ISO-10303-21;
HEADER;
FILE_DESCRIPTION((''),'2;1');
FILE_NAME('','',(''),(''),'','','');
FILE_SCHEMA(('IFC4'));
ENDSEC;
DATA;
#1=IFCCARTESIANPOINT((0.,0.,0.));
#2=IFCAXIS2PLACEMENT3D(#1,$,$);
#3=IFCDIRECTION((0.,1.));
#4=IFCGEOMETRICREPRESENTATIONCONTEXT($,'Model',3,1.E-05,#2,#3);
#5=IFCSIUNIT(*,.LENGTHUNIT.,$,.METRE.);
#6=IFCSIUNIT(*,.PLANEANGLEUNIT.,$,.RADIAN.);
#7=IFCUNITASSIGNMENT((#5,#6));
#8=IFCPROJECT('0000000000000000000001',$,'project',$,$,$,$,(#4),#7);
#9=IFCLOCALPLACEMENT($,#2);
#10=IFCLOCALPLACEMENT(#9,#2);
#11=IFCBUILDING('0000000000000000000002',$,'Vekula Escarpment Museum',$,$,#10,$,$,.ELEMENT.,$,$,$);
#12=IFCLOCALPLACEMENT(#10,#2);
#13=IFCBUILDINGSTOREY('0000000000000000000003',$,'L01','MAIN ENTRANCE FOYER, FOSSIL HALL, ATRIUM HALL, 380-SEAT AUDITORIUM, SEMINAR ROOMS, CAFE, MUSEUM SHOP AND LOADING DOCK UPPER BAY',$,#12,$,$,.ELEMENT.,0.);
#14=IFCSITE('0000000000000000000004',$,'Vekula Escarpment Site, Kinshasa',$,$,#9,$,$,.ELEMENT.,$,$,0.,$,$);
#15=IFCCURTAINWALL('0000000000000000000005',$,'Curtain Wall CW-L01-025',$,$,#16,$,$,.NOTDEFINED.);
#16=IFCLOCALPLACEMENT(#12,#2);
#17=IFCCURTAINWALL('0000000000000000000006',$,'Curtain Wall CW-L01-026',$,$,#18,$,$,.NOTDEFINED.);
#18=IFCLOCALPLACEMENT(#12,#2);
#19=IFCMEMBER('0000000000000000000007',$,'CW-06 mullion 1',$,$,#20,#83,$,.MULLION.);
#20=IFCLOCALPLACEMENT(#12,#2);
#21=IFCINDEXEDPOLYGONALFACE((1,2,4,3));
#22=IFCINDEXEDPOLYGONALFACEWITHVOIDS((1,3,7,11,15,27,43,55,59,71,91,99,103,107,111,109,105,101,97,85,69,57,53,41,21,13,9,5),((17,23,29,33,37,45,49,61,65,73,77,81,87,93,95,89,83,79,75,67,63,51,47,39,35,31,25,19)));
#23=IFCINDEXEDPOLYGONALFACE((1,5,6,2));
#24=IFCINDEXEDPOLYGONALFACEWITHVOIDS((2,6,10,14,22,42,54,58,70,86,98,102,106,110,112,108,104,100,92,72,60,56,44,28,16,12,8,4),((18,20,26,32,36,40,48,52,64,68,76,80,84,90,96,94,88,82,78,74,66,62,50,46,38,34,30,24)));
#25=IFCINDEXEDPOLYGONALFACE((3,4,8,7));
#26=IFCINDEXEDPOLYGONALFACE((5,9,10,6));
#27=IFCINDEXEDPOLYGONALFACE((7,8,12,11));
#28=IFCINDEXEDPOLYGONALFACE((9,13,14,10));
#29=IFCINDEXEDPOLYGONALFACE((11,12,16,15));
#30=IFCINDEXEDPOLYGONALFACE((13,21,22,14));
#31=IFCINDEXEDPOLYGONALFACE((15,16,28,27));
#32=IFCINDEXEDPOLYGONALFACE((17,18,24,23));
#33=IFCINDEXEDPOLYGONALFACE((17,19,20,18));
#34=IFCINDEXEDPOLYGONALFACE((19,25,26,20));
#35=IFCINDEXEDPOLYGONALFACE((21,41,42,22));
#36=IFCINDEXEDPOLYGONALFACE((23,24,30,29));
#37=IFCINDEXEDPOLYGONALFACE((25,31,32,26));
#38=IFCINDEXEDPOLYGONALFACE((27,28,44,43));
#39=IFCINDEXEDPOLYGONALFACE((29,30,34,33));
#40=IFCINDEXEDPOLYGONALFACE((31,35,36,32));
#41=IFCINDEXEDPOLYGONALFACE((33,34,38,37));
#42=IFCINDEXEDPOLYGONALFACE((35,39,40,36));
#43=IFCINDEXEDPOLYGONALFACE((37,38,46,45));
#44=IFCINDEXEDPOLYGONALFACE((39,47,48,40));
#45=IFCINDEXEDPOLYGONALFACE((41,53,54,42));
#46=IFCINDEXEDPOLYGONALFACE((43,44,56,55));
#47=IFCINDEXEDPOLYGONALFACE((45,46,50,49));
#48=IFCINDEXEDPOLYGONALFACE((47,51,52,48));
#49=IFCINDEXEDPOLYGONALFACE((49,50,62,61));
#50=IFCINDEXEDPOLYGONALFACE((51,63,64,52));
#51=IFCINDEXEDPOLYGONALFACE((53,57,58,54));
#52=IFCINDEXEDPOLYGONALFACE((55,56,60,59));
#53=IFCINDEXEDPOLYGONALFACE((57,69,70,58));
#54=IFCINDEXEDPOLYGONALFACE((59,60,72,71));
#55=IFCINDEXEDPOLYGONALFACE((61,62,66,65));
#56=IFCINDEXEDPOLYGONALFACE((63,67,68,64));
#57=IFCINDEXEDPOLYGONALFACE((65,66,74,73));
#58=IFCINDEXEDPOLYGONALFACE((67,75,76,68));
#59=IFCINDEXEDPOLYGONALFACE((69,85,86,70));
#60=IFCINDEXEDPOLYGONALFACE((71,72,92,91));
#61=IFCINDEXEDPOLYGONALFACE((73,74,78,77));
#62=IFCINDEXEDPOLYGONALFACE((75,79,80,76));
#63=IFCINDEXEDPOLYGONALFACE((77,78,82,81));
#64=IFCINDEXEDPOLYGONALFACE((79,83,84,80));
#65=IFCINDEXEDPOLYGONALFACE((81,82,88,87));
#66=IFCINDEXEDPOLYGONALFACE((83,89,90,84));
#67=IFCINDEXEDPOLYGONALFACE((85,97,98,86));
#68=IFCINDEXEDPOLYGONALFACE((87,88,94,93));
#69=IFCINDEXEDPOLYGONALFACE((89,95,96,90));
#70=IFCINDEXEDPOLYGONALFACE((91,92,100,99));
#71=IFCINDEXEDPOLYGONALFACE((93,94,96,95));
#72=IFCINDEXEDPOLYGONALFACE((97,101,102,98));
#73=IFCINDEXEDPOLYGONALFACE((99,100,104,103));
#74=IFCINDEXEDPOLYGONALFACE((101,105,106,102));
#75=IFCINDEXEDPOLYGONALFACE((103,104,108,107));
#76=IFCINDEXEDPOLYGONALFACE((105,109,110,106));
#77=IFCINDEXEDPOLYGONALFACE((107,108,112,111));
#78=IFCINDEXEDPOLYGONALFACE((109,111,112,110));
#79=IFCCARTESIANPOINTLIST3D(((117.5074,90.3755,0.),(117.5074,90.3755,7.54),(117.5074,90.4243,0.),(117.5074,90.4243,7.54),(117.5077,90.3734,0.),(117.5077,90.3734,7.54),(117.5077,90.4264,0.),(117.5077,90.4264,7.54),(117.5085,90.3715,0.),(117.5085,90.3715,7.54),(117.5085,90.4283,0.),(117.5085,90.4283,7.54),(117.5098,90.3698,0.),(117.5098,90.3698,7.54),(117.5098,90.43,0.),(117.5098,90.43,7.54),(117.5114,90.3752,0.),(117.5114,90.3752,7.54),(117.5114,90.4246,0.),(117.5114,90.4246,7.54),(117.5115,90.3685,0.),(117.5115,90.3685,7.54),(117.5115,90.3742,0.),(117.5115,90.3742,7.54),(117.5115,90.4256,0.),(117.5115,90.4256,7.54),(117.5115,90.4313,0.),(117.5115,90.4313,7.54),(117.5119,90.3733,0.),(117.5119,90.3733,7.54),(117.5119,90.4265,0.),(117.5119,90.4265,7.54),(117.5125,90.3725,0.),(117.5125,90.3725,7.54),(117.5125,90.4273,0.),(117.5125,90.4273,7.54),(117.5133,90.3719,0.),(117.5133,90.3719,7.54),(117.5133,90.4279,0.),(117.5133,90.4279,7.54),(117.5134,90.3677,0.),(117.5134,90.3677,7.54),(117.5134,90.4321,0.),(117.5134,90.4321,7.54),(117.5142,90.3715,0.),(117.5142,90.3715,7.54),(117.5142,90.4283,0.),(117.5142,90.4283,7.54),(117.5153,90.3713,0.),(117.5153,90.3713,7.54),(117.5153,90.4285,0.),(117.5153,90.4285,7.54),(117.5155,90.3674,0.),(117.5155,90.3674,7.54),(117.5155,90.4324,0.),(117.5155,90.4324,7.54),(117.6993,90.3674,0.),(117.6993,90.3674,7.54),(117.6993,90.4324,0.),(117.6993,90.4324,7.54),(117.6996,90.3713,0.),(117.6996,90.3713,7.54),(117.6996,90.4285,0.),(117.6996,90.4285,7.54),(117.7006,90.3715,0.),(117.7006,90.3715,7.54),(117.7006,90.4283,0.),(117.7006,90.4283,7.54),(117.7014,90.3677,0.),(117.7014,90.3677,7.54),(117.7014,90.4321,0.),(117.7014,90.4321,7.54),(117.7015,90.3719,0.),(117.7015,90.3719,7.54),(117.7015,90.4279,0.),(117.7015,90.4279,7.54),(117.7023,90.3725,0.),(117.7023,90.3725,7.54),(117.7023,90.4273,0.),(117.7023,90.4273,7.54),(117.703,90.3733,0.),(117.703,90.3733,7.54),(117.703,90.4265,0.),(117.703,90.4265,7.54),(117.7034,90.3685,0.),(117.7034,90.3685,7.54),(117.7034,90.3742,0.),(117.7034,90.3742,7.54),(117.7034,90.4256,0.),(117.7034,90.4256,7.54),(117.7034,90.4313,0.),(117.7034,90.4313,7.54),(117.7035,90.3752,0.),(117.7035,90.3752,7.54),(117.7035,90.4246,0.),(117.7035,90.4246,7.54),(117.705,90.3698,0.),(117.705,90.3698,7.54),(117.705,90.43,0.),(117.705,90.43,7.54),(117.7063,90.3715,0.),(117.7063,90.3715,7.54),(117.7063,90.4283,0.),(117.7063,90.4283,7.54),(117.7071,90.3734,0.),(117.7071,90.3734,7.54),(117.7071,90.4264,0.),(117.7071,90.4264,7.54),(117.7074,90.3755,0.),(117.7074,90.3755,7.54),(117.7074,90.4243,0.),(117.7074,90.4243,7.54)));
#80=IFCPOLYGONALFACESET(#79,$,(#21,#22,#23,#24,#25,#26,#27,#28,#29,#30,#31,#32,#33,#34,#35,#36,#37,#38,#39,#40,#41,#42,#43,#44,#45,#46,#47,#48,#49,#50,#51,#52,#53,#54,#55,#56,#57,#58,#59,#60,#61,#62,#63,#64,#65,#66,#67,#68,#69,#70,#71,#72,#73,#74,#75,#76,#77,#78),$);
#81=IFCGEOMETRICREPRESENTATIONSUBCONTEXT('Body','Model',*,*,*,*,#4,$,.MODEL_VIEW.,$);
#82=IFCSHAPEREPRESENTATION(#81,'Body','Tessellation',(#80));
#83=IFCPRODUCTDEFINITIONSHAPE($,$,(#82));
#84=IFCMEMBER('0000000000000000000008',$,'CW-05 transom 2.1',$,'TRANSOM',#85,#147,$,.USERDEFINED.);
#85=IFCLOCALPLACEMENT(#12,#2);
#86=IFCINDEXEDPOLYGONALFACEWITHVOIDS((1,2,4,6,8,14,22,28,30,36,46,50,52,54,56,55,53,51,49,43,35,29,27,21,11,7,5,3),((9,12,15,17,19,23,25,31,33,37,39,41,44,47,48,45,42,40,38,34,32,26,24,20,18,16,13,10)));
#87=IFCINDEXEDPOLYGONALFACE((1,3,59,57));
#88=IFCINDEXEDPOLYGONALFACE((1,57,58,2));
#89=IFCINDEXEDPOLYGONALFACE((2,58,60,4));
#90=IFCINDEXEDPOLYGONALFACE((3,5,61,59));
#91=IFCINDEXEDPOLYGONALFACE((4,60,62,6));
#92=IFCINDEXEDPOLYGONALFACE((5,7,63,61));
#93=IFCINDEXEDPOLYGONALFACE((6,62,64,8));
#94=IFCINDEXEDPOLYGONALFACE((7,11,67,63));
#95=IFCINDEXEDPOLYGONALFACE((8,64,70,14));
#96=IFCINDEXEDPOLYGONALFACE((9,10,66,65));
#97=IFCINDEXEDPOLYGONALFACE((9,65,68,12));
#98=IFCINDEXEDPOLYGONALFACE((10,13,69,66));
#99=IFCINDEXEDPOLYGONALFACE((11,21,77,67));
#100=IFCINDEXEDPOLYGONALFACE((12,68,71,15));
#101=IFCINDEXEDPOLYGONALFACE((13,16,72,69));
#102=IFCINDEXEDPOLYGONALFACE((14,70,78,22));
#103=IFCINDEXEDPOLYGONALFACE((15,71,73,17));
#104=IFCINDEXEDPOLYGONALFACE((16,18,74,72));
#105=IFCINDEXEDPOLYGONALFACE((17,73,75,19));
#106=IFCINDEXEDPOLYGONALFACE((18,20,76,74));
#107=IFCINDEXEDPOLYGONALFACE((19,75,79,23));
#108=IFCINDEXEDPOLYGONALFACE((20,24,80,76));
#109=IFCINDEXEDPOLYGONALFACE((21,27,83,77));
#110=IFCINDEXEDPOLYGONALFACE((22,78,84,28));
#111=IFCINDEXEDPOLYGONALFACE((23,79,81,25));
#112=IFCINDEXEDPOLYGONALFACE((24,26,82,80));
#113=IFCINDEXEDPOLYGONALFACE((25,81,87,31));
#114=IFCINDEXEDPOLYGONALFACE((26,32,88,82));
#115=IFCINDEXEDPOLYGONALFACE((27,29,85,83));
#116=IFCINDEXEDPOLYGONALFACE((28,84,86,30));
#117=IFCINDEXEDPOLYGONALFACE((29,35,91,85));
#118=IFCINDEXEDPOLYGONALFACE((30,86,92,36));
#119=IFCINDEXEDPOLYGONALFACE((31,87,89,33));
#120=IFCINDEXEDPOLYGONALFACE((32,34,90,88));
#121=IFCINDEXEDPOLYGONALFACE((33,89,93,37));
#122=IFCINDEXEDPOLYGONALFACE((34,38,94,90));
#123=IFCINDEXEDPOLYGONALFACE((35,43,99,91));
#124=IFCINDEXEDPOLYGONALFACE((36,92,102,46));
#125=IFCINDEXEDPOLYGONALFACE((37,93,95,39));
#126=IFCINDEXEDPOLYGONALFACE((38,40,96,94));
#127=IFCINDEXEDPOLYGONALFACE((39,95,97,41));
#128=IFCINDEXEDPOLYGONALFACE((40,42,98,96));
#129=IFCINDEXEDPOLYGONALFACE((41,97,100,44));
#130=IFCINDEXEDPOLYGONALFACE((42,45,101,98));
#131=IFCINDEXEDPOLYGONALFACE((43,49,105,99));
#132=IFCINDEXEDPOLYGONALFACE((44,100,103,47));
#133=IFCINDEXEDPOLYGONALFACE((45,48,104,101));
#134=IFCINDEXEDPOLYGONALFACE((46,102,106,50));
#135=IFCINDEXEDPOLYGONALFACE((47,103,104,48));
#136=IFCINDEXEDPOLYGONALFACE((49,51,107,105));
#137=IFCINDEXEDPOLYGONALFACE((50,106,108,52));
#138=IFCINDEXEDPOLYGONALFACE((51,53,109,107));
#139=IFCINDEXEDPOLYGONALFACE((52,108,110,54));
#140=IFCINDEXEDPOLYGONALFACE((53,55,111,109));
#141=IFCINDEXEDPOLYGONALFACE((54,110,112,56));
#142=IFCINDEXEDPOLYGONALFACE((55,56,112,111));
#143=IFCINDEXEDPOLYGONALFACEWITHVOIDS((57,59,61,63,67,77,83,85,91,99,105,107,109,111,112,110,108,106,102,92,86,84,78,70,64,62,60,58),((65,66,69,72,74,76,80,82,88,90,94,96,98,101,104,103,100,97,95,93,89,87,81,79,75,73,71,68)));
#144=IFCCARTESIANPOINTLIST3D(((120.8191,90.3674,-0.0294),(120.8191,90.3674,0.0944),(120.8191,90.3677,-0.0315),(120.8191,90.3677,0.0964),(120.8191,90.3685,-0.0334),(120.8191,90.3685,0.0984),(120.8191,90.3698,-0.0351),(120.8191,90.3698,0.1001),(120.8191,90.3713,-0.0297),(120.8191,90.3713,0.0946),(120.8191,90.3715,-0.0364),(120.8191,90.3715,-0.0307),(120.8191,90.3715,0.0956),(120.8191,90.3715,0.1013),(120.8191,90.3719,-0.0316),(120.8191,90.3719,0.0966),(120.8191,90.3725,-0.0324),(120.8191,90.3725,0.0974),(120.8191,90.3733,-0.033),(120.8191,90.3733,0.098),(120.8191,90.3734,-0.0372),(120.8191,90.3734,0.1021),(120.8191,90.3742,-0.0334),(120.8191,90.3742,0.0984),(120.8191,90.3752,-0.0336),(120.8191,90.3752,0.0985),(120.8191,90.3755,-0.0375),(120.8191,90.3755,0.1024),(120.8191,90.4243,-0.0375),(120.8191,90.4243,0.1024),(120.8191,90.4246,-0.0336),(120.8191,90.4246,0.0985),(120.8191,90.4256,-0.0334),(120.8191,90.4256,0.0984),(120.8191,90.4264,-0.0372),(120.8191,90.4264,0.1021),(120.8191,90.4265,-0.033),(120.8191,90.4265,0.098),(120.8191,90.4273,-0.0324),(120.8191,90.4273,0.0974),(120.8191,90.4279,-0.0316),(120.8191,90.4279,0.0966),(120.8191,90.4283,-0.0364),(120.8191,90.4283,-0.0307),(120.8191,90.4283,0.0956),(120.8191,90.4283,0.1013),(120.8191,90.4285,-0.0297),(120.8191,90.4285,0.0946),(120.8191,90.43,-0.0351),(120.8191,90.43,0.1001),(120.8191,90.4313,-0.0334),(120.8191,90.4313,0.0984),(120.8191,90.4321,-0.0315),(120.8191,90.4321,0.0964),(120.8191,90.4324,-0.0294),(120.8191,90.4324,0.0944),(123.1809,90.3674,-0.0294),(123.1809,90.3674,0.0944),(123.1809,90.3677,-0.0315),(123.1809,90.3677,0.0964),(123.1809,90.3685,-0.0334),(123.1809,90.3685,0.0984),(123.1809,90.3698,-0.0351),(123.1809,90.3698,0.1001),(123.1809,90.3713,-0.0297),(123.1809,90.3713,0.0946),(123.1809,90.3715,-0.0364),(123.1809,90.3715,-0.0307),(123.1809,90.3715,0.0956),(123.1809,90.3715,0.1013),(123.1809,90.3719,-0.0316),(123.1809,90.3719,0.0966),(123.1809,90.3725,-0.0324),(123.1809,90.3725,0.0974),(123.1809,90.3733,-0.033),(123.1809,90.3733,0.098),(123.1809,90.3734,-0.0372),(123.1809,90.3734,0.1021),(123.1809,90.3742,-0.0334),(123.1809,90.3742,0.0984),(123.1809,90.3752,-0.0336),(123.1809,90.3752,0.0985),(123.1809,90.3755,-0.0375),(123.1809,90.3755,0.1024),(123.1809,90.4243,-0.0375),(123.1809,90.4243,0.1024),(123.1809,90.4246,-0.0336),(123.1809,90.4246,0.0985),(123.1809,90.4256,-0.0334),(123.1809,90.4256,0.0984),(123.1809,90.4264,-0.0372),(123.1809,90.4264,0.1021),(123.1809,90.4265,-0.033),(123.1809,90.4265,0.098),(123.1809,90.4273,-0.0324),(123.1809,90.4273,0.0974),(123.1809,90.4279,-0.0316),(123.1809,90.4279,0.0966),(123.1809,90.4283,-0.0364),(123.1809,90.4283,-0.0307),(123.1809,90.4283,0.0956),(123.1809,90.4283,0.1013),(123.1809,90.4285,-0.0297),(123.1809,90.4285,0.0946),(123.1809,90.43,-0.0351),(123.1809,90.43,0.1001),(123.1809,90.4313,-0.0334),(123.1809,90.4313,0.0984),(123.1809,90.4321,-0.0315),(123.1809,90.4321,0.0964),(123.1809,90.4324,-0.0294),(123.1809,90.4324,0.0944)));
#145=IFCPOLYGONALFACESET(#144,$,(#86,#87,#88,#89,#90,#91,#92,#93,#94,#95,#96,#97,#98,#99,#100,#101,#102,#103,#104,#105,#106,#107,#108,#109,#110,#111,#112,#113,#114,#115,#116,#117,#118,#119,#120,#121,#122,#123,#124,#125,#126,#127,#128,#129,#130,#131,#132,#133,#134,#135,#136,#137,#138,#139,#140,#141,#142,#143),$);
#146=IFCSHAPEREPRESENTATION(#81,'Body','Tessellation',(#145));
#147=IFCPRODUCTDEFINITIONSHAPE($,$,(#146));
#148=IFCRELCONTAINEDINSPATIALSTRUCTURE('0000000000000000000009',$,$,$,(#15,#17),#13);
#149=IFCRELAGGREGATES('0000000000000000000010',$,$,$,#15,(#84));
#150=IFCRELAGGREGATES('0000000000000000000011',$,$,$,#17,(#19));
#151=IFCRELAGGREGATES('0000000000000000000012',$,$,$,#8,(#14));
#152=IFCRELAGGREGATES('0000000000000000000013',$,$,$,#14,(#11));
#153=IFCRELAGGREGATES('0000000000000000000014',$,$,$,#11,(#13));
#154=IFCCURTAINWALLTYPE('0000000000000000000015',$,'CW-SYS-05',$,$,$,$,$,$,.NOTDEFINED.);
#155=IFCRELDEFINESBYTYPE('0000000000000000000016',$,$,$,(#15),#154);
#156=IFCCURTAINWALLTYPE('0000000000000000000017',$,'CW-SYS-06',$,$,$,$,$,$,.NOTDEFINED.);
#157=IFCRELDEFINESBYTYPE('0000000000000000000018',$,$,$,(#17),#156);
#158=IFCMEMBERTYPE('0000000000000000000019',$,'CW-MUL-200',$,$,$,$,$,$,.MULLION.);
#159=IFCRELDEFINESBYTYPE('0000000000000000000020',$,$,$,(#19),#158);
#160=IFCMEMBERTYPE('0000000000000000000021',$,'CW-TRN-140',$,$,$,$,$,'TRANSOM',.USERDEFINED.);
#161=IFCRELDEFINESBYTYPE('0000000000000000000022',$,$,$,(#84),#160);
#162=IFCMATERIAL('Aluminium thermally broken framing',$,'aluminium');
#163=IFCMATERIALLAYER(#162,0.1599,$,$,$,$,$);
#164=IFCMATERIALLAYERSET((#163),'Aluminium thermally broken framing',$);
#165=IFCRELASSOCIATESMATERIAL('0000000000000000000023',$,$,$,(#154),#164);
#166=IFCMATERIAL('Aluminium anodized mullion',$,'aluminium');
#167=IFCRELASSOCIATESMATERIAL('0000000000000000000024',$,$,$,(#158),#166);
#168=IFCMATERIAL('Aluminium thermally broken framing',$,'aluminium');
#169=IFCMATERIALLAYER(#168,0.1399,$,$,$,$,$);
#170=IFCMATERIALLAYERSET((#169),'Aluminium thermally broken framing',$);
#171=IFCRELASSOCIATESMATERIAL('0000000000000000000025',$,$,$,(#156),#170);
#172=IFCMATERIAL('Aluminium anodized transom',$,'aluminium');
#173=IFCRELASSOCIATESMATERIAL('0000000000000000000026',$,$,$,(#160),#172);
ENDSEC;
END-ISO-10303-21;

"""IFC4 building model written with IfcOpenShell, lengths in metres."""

from ifc_helpers import new_model, si_unit, direction, frame, origin, origin_2d, place, context, subcontext, project, spatial, hollow_rectangle, extrude, material, layer, layer_set, material_profile, profile_set, type_object, element, aggregate, save


model = new_model("IFC4")

# Units and contexts
model_context = context("Model", 3, precision=1e-05, world=origin(), true_north=direction((0.0, 1.0)))
body_context = subcontext(model_context, "Body", "Model", "MODEL_VIEW")
ifc_project = project(units=[si_unit("LENGTHUNIT", "METRE"), si_unit("PLANEANGLEUNIT", "RADIAN")], contexts=[model_context])

# Site, building, storey
site_placement = place(None, origin())
site = spatial("IfcSite", under=ifc_project, at=site_placement, Name="Vekula Escarpment Site, Kinshasa", CompositionType="ELEMENT", RefElevation=0.0)
building_placement = place(site_placement, origin())
building = spatial("IfcBuilding", under=site, at=building_placement, Name="Vekula Escarpment Museum", CompositionType="ELEMENT")
storey_placement = place(building_placement, origin())
storey = spatial("IfcBuildingStorey", under=building, at=storey_placement, Name="L01", Description="MAIN ENTRANCE FOYER, FOSSIL HALL, ATRIUM HALL, 380-SEAT AUDITORIUM, SEMINAR ROOMS, CAFE, MUSEUM SHOP AND LOADING DOCK UPPER BAY", CompositionType="ELEMENT", Elevation=0.0)

# Curtain wall
ifc_material_1 = material(Name="Aluminium thermally broken framing", Category="aluminium")
ifc_layer_1 = layer(ifc_material_1, 0.1599)
ifc_layer_set_1 = layer_set([ifc_layer_1], Name="Aluminium thermally broken framing")
curtain_wall_type_1 = type_object("IfcCurtainWallType", Name="CW-SYS-05", PredefinedType="NOTDEFINED", material=ifc_layer_set_1)
curtain_wall_1_placement = place(storey_placement, origin())
curtain_wall_1 = element("IfcCurtainWall", 1, at=curtain_wall_1_placement, inside=storey, type_object=curtain_wall_type_1, Name="Curtain Wall CW-L01-025", PredefinedType="NOTDEFINED")
ifc_material_2 = material(Name="Aluminium anodized mullion", Category="aluminium")
ifc_material_profile_1 = material_profile(ifc_material_2, hollow_rectangle(XDim=0.0649, YDim=0.2, WallThickness=0.0039, InnerFilletRadius=0.0039, OuterFilletRadius=0.0081, at=origin_2d()), Name="ALU 200x65x4")
ifc_profile_set_1 = profile_set([ifc_material_profile_1], Name="Aluminium anodized mullion")
member_type_1 = type_object("IfcMemberType", Name="CW-MUL-200", PredefinedType="MULLION", material=ifc_profile_set_1)

# Curtain wall, member
ifc_material_3 = material(Name="Aluminium thermally broken framing", Category="aluminium")
ifc_layer_2 = layer(ifc_material_3, 0.1399)
ifc_layer_set_2 = layer_set([ifc_layer_2], Name="Aluminium thermally broken framing")
curtain_wall_type_2 = type_object("IfcCurtainWallType", Name="CW-SYS-06", PredefinedType="NOTDEFINED", material=ifc_layer_set_2)
curtain_wall_2_placement = place(storey_placement, origin())
curtain_wall_2 = element("IfcCurtainWall", 2, at=curtain_wall_2_placement, inside=storey, type_object=curtain_wall_type_2, Name="Curtain Wall CW-L01-026", PredefinedType="NOTDEFINED")
member_1_placement = place(storey_placement, frame((117.6074, 90.3999, 0.0), z_axis=(0.0, 0.0, 1.0), x_axis=(0.0, -1.0, 0.0)))
member_1 = element("IfcMember", 3, at=member_1_placement, type_object=member_type_1, Name="CW-06 mullion 1", PredefinedType="MULLION", context=body_context, shape_type="SweptSolid", body=[
    extrude(hollow_rectangle(XDim=0.0649, YDim=0.2, WallThickness=0.0039, InnerFilletRadius=0.0039, OuterFilletRadius=0.0081, at=origin_2d()), origin(), (0.0, 0.0, 1.0), 7.54),
])

# Member
ifc_material_4 = material(Name="Aluminium anodized transom", Category="aluminium")
ifc_material_profile_2 = material_profile(ifc_material_4, hollow_rectangle(XDim=0.0649, YDim=0.1399, WallThickness=0.0039, InnerFilletRadius=0.0039, OuterFilletRadius=0.0081, at=origin_2d()), Name="ALU 140x65x4")
ifc_profile_set_2 = profile_set([ifc_material_profile_2], Name="Aluminium anodized transom")
member_type_2 = type_object("IfcMemberType", Name="CW-TRN-140", ElementType="TRANSOM", PredefinedType="USERDEFINED", material=ifc_profile_set_2)
member_2_placement = place(storey_placement, frame((123.1809, 90.3999, 0.0325), z_axis=(-1.0, 0.0, 0.0), x_axis=(0.0, -1.0, 0.0)))
member_2 = element("IfcMember", 4, at=member_2_placement, type_object=member_type_2, Name="CW-05 transom 2.1", ObjectType="TRANSOM", PredefinedType="USERDEFINED", context=body_context, shape_type="SweptSolid", body=[
    extrude(hollow_rectangle(XDim=0.0649, YDim=0.1399, WallThickness=0.0039, InnerFilletRadius=0.0039, OuterFilletRadius=0.0081, at=origin_2d()), origin(), (0.0, 0.0, 1.0), 2.3618),
])

aggregate(curtain_wall_1, [member_2])
aggregate(curtain_wall_2, [member_1])

save(model, "model.ifc")
